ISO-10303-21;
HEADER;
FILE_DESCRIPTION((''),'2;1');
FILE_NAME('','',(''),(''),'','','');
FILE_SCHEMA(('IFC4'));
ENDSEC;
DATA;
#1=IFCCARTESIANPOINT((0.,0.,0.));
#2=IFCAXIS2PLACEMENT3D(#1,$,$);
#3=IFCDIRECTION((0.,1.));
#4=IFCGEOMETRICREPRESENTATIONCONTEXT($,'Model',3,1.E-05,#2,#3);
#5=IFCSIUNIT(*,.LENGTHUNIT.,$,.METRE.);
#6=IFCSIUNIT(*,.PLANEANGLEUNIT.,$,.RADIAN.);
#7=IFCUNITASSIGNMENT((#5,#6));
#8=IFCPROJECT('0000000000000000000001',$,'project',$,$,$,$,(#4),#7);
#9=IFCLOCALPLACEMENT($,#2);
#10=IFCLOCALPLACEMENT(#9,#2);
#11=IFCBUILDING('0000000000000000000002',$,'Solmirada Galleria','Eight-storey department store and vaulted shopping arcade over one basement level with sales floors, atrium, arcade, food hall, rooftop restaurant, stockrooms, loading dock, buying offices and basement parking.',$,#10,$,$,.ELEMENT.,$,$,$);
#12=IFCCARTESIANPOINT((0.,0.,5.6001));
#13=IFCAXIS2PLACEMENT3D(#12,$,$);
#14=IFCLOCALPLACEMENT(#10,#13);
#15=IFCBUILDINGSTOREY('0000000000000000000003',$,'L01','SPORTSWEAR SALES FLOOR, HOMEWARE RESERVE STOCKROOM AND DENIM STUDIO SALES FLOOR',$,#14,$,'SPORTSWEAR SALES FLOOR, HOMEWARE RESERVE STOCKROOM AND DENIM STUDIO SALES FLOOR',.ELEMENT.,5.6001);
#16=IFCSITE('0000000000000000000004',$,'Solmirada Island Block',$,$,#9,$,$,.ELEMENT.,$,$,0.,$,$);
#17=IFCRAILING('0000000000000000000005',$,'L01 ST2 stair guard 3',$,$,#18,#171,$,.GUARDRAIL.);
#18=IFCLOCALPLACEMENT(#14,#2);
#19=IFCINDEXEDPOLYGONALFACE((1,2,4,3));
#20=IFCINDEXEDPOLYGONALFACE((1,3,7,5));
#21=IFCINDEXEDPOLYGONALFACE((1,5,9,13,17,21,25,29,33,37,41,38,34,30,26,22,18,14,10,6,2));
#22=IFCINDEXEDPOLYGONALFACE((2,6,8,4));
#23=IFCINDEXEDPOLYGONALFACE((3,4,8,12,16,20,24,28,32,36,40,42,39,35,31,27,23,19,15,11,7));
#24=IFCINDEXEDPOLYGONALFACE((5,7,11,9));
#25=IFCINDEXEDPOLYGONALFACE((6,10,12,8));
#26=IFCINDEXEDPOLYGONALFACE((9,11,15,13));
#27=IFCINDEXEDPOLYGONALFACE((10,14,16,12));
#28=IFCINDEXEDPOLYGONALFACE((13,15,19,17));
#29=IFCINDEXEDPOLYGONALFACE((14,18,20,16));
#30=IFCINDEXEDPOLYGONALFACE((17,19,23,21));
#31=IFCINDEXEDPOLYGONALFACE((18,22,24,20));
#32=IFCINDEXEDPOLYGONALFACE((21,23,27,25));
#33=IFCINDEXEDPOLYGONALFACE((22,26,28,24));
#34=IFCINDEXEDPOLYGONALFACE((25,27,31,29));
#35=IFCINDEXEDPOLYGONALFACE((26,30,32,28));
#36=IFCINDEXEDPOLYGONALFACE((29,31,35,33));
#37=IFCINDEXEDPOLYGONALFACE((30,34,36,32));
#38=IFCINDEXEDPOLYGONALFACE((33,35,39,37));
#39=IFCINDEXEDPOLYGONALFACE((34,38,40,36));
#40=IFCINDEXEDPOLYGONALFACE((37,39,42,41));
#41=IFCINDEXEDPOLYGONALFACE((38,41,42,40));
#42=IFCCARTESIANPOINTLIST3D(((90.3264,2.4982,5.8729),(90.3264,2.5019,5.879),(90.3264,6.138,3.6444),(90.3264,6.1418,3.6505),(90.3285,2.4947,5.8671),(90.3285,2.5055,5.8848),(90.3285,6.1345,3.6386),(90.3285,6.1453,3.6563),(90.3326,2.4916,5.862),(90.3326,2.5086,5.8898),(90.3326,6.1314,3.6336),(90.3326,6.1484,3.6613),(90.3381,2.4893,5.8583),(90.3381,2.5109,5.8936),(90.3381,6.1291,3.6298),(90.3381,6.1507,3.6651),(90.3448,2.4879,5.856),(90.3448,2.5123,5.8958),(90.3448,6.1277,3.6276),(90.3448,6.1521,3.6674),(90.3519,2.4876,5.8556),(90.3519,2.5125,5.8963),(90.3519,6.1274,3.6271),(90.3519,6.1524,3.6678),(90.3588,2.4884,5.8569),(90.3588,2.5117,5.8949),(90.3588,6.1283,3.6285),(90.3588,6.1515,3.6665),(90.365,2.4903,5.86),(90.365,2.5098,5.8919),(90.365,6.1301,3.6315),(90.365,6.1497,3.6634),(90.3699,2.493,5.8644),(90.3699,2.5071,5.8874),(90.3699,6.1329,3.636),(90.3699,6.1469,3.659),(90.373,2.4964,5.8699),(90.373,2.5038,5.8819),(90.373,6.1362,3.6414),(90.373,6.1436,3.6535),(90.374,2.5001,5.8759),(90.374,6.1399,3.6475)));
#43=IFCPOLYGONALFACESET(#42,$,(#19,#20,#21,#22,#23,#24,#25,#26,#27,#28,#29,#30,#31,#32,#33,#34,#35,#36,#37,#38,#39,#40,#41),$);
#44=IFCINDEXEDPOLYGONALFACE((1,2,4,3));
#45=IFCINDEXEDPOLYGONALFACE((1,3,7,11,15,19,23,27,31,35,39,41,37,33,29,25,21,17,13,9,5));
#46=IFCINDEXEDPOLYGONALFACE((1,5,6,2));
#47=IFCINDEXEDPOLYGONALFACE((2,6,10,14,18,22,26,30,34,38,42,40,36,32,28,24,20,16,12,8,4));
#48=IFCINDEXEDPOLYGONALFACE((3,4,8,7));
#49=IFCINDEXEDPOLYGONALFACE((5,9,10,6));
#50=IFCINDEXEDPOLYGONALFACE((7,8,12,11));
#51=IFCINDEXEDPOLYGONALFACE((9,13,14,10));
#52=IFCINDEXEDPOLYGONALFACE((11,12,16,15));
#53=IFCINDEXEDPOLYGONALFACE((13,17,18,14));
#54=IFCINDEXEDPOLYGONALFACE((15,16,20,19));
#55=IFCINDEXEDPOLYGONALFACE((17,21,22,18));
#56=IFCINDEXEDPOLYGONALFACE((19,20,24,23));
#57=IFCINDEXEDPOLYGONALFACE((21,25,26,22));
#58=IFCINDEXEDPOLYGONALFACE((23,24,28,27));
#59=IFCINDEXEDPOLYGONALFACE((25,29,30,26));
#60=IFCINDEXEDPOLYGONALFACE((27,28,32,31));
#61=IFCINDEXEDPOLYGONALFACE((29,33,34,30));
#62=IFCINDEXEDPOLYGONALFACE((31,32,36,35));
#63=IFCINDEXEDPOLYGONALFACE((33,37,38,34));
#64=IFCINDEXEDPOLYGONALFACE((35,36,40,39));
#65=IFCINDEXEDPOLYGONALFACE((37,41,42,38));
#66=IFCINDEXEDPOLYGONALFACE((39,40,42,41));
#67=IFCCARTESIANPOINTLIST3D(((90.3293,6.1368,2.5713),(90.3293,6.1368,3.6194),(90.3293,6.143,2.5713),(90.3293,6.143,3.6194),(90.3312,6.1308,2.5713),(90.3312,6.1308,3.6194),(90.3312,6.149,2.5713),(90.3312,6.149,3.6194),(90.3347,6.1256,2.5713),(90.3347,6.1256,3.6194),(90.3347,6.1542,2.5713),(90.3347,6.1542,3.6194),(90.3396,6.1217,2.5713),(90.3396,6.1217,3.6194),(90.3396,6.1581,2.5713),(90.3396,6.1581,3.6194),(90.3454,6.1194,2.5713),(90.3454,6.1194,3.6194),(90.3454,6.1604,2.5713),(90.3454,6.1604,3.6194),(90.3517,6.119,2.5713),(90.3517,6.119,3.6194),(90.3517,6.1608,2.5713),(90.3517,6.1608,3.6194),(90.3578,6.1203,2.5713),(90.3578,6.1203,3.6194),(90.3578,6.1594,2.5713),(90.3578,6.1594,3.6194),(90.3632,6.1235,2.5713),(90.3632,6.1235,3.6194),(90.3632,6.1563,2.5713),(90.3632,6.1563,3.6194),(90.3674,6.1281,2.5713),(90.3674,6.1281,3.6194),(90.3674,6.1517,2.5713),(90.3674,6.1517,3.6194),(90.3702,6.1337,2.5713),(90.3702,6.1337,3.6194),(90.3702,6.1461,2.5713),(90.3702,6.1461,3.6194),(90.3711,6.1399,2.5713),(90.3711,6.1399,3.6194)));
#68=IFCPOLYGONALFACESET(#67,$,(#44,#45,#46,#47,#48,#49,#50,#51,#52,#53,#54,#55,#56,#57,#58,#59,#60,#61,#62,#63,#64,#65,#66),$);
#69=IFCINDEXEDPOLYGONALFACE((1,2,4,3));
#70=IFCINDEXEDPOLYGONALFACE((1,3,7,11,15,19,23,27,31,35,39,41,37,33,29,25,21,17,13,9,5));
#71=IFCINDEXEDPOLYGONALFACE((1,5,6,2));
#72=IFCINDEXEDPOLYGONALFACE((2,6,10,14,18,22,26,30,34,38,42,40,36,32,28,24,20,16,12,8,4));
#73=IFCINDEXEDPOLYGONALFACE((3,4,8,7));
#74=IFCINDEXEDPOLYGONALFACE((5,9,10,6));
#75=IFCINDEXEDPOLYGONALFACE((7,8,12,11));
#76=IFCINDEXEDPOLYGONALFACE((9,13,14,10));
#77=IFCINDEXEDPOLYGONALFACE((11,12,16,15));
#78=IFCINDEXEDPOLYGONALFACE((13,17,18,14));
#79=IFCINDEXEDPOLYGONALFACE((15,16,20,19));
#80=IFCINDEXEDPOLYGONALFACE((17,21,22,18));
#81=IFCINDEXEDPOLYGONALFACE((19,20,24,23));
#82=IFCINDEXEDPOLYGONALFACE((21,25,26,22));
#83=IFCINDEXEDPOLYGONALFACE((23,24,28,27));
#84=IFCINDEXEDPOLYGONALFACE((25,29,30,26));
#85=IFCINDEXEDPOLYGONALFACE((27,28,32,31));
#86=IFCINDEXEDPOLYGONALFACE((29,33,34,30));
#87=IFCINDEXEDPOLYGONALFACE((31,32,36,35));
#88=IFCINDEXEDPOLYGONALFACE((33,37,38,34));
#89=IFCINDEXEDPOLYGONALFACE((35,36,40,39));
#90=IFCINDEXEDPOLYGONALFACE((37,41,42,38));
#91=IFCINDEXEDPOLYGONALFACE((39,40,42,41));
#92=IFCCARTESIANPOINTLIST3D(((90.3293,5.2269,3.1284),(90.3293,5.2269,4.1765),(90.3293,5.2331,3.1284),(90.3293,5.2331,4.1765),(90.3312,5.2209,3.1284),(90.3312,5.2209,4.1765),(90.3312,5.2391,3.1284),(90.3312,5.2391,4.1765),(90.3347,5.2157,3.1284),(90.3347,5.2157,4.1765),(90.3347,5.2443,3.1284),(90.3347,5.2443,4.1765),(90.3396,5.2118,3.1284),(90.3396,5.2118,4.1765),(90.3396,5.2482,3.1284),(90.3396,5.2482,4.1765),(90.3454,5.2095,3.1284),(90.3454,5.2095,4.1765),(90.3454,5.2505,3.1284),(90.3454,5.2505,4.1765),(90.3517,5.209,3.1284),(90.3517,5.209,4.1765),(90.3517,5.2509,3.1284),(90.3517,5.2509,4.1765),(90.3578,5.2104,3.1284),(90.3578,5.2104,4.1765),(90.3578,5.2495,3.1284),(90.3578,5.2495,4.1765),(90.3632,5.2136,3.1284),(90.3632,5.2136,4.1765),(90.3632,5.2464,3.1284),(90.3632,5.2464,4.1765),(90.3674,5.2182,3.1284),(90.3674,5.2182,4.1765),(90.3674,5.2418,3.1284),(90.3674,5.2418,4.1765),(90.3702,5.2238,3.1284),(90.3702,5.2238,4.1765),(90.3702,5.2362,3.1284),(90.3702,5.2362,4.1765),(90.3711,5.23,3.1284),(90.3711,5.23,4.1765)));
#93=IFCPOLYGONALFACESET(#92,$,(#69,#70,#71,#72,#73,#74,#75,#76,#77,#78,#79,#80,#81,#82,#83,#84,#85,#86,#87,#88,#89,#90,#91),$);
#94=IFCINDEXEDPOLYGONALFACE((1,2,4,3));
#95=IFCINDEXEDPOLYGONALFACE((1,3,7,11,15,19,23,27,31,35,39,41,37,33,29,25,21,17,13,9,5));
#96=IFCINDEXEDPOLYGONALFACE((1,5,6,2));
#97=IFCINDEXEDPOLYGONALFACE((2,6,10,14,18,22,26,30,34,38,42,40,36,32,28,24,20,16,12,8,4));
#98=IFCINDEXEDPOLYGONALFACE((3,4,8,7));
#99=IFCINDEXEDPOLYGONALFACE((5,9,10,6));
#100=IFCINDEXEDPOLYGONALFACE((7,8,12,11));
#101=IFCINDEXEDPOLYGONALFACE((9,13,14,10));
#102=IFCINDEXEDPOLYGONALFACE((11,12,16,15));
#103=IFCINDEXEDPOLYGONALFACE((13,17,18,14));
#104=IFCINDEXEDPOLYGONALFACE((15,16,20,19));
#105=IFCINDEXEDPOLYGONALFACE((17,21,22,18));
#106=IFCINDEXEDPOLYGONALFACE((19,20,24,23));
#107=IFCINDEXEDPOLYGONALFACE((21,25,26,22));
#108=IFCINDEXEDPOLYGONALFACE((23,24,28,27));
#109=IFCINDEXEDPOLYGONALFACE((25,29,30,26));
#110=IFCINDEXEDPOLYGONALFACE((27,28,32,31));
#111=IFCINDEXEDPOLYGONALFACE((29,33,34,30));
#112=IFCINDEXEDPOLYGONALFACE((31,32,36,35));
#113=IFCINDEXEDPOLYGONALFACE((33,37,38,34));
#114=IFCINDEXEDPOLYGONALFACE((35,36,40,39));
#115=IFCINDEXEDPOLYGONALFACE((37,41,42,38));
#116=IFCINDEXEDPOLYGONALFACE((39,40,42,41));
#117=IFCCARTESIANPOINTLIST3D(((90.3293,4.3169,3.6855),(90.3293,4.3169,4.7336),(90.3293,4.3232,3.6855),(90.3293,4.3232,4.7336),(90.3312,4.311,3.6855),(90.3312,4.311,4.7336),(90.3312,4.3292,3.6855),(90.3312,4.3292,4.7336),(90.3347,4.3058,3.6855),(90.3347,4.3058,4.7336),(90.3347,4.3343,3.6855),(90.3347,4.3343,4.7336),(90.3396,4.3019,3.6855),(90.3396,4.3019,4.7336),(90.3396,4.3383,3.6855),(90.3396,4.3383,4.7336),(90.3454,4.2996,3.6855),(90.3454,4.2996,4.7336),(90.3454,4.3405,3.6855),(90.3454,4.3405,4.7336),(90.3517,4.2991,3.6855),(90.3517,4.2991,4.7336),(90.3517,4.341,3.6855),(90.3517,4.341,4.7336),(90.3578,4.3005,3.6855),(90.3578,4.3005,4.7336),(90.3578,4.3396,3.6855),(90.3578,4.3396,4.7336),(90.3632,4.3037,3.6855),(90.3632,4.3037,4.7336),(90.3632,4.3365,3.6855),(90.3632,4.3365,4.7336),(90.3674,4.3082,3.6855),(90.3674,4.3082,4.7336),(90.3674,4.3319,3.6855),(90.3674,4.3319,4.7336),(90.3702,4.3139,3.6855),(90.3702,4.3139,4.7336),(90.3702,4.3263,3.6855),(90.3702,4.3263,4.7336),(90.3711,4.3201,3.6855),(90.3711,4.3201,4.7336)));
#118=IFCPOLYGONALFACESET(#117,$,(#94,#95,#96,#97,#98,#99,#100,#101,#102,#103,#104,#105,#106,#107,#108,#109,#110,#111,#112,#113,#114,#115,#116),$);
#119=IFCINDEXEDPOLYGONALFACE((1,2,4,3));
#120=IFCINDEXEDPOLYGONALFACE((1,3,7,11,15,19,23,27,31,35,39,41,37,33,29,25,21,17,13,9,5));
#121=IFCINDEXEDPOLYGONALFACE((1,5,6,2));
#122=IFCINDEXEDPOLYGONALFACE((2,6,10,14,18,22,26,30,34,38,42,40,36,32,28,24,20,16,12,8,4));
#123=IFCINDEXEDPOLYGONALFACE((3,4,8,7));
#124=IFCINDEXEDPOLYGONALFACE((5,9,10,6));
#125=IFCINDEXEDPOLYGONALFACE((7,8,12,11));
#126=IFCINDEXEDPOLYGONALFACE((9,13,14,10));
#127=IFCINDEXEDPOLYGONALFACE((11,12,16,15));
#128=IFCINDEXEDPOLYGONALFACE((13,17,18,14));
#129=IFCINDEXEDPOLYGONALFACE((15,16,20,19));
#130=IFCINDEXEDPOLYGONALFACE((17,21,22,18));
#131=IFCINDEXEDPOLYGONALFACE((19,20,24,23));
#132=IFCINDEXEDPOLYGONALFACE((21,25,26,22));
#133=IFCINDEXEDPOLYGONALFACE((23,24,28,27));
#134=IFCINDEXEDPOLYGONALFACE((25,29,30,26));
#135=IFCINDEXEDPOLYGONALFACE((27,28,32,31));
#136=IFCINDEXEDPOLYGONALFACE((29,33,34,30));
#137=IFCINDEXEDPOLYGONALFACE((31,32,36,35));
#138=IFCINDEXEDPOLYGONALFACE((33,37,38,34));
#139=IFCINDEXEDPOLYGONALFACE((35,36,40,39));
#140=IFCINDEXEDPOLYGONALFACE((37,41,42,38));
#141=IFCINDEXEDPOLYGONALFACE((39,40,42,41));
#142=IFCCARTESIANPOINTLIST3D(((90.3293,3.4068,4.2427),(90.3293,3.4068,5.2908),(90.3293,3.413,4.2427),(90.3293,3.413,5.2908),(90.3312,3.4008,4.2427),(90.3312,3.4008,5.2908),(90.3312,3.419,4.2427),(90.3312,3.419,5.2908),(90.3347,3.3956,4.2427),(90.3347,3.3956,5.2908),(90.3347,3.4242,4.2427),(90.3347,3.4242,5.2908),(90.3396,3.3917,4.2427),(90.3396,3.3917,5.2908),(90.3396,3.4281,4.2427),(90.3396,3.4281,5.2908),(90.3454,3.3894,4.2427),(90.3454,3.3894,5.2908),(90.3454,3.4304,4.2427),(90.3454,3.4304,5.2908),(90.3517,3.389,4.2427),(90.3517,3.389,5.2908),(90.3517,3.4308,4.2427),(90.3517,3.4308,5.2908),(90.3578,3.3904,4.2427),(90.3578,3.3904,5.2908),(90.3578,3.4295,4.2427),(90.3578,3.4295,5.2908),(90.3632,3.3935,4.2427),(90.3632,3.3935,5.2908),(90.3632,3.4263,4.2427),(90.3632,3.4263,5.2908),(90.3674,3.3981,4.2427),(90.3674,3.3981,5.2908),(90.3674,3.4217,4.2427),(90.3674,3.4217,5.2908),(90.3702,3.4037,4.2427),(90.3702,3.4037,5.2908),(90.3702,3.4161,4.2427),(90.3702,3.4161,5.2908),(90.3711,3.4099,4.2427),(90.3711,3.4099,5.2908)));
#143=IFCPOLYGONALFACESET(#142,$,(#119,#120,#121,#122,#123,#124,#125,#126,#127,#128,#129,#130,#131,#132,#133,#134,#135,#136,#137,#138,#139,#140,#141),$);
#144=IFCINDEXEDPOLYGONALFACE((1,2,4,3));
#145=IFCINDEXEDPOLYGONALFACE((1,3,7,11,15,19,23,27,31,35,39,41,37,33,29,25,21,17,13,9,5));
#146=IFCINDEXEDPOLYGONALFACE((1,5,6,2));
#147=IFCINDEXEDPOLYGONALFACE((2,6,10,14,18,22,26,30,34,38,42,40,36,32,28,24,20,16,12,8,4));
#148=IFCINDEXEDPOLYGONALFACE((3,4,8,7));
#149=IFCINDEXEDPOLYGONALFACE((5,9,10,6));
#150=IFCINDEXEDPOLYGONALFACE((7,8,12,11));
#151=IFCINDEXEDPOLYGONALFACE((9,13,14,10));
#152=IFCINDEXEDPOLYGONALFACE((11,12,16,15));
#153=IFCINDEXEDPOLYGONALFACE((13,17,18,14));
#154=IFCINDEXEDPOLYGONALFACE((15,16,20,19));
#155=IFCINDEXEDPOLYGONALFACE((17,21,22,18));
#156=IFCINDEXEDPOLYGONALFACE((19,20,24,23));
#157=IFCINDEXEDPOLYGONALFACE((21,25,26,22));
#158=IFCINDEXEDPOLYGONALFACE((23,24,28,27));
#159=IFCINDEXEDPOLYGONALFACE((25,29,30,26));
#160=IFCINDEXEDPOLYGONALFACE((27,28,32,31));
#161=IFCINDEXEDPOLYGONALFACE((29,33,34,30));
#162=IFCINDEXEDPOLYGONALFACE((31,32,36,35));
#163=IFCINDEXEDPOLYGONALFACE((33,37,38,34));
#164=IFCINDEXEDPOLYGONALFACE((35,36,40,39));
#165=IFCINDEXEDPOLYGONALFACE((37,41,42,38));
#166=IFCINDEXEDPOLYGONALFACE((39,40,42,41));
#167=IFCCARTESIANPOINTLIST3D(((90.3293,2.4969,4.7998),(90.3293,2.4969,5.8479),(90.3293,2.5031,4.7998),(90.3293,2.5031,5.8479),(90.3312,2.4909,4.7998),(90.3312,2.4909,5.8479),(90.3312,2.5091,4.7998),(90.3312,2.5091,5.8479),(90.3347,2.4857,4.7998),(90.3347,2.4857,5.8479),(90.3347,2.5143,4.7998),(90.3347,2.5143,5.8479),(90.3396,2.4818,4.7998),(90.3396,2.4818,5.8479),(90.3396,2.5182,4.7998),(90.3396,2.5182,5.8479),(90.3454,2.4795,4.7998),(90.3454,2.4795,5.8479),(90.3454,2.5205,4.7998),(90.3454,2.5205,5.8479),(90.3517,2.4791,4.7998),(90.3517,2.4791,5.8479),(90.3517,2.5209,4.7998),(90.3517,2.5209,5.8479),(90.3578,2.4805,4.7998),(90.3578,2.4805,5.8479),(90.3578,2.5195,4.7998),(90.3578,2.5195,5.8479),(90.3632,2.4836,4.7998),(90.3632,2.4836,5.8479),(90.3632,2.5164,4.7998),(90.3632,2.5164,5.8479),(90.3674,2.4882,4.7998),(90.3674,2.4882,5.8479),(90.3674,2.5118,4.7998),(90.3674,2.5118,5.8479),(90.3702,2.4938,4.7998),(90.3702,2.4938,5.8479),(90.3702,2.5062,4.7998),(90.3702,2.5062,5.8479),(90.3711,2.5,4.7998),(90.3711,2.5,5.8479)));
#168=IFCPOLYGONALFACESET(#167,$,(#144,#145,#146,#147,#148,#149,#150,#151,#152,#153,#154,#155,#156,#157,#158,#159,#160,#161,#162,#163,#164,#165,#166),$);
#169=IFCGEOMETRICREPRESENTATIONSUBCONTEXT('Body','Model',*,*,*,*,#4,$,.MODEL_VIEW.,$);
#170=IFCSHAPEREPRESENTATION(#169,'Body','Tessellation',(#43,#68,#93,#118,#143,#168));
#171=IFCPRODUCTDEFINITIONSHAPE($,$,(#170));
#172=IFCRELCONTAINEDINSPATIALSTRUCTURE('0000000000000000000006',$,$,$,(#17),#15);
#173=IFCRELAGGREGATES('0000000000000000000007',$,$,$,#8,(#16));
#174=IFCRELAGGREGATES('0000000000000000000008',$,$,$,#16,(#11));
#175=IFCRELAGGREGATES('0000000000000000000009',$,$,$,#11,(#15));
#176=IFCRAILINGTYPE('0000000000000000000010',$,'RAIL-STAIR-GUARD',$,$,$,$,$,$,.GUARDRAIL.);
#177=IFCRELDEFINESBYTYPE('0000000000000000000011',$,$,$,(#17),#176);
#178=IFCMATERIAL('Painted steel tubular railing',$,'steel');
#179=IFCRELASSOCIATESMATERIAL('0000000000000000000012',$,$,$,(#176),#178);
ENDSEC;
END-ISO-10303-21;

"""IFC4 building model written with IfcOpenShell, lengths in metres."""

from ifc_helpers import new_model, si_unit, direction, frame, origin, origin_2d, place, context, subcontext, project, spatial, circle, extrude, material, type_object, element, save


model = new_model("IFC4")

# Units and contexts
model_context = context("Model", 3, precision=1e-05, world=origin(), true_north=direction((0.0, 1.0)))
body_context = subcontext(model_context, "Body", "Model", "MODEL_VIEW")
ifc_project = project(units=[si_unit("LENGTHUNIT", "METRE"), si_unit("PLANEANGLEUNIT", "RADIAN")], contexts=[model_context])

# Site, building, storey
site_placement = place(None, origin())
site = spatial("IfcSite", under=ifc_project, at=site_placement, Name="Solmirada Island Block", CompositionType="ELEMENT", RefElevation=0.0)
building_placement = place(site_placement, origin())
building = spatial("IfcBuilding", under=site, at=building_placement, Name="Solmirada Galleria", Description="Eight-storey department store and vaulted shopping arcade over one basement level with sales floors, atrium, arcade, food hall, rooftop restaurant, stockrooms, loading dock, buying offices and basement parking.", CompositionType="ELEMENT")
storey_placement = place(building_placement, frame((0.0, 0.0, 5.6001)))
storey = spatial("IfcBuildingStorey", under=building, at=storey_placement, Name="L01", Description="SPORTSWEAR SALES FLOOR, HOMEWARE RESERVE STOCKROOM AND DENIM STUDIO SALES FLOOR", LongName="SPORTSWEAR SALES FLOOR, HOMEWARE RESERVE STOCKROOM AND DENIM STUDIO SALES FLOOR", CompositionType="ELEMENT", Elevation=5.6001)

# Railing
ifc_material_1 = material(Name="Painted steel tubular railing", Category="steel")
railing_type_1 = type_object("IfcRailingType", Name="RAIL-STAIR-GUARD", PredefinedType="GUARDRAIL", material=ifc_material_1)
railing_1_placement = place(storey_placement, frame((90.3501, 6.1399, 2.5713)))
element("IfcRailing", 1, at=railing_1_placement, inside=storey, type_object=railing_type_1, Name="L01 ST2 stair guard 3", PredefinedType="GUARDRAIL", context=body_context, shape_type="SweptSolid", body=[
    extrude(circle(Radius=0.0239, at=origin_2d()), frame((0.0, 0.0, 1.0762), z_axis=(0.0, -0.85285, 0.522156), x_axis=(1.0, 0.0, 0.0)), (0.0, 0.0, 1.0), 4.2678),
    extrude(circle(Radius=0.021, at=origin_2d()), origin(), (0.0, 0.0, 1.0), 1.0481),
    extrude(circle(Radius=0.021, at=origin_2d()), frame((0.0, -0.9099, 0.5571)), (0.0, 0.0, 1.0), 1.0481),
    extrude(circle(Radius=0.021, at=origin_2d()), frame((0.0, -1.8198, 1.1143)), (0.0, 0.0, 1.0), 1.0481),
    extrude(circle(Radius=0.021, at=origin_2d()), frame((0.0, -2.73, 1.6714)), (0.0, 0.0, 1.0), 1.0481),
    extrude(circle(Radius=0.021, at=origin_2d()), frame((0.0, -3.6399, 2.2285)), (0.0, 0.0, 1.0), 1.0481),
])

save(model, "model.ifc")
